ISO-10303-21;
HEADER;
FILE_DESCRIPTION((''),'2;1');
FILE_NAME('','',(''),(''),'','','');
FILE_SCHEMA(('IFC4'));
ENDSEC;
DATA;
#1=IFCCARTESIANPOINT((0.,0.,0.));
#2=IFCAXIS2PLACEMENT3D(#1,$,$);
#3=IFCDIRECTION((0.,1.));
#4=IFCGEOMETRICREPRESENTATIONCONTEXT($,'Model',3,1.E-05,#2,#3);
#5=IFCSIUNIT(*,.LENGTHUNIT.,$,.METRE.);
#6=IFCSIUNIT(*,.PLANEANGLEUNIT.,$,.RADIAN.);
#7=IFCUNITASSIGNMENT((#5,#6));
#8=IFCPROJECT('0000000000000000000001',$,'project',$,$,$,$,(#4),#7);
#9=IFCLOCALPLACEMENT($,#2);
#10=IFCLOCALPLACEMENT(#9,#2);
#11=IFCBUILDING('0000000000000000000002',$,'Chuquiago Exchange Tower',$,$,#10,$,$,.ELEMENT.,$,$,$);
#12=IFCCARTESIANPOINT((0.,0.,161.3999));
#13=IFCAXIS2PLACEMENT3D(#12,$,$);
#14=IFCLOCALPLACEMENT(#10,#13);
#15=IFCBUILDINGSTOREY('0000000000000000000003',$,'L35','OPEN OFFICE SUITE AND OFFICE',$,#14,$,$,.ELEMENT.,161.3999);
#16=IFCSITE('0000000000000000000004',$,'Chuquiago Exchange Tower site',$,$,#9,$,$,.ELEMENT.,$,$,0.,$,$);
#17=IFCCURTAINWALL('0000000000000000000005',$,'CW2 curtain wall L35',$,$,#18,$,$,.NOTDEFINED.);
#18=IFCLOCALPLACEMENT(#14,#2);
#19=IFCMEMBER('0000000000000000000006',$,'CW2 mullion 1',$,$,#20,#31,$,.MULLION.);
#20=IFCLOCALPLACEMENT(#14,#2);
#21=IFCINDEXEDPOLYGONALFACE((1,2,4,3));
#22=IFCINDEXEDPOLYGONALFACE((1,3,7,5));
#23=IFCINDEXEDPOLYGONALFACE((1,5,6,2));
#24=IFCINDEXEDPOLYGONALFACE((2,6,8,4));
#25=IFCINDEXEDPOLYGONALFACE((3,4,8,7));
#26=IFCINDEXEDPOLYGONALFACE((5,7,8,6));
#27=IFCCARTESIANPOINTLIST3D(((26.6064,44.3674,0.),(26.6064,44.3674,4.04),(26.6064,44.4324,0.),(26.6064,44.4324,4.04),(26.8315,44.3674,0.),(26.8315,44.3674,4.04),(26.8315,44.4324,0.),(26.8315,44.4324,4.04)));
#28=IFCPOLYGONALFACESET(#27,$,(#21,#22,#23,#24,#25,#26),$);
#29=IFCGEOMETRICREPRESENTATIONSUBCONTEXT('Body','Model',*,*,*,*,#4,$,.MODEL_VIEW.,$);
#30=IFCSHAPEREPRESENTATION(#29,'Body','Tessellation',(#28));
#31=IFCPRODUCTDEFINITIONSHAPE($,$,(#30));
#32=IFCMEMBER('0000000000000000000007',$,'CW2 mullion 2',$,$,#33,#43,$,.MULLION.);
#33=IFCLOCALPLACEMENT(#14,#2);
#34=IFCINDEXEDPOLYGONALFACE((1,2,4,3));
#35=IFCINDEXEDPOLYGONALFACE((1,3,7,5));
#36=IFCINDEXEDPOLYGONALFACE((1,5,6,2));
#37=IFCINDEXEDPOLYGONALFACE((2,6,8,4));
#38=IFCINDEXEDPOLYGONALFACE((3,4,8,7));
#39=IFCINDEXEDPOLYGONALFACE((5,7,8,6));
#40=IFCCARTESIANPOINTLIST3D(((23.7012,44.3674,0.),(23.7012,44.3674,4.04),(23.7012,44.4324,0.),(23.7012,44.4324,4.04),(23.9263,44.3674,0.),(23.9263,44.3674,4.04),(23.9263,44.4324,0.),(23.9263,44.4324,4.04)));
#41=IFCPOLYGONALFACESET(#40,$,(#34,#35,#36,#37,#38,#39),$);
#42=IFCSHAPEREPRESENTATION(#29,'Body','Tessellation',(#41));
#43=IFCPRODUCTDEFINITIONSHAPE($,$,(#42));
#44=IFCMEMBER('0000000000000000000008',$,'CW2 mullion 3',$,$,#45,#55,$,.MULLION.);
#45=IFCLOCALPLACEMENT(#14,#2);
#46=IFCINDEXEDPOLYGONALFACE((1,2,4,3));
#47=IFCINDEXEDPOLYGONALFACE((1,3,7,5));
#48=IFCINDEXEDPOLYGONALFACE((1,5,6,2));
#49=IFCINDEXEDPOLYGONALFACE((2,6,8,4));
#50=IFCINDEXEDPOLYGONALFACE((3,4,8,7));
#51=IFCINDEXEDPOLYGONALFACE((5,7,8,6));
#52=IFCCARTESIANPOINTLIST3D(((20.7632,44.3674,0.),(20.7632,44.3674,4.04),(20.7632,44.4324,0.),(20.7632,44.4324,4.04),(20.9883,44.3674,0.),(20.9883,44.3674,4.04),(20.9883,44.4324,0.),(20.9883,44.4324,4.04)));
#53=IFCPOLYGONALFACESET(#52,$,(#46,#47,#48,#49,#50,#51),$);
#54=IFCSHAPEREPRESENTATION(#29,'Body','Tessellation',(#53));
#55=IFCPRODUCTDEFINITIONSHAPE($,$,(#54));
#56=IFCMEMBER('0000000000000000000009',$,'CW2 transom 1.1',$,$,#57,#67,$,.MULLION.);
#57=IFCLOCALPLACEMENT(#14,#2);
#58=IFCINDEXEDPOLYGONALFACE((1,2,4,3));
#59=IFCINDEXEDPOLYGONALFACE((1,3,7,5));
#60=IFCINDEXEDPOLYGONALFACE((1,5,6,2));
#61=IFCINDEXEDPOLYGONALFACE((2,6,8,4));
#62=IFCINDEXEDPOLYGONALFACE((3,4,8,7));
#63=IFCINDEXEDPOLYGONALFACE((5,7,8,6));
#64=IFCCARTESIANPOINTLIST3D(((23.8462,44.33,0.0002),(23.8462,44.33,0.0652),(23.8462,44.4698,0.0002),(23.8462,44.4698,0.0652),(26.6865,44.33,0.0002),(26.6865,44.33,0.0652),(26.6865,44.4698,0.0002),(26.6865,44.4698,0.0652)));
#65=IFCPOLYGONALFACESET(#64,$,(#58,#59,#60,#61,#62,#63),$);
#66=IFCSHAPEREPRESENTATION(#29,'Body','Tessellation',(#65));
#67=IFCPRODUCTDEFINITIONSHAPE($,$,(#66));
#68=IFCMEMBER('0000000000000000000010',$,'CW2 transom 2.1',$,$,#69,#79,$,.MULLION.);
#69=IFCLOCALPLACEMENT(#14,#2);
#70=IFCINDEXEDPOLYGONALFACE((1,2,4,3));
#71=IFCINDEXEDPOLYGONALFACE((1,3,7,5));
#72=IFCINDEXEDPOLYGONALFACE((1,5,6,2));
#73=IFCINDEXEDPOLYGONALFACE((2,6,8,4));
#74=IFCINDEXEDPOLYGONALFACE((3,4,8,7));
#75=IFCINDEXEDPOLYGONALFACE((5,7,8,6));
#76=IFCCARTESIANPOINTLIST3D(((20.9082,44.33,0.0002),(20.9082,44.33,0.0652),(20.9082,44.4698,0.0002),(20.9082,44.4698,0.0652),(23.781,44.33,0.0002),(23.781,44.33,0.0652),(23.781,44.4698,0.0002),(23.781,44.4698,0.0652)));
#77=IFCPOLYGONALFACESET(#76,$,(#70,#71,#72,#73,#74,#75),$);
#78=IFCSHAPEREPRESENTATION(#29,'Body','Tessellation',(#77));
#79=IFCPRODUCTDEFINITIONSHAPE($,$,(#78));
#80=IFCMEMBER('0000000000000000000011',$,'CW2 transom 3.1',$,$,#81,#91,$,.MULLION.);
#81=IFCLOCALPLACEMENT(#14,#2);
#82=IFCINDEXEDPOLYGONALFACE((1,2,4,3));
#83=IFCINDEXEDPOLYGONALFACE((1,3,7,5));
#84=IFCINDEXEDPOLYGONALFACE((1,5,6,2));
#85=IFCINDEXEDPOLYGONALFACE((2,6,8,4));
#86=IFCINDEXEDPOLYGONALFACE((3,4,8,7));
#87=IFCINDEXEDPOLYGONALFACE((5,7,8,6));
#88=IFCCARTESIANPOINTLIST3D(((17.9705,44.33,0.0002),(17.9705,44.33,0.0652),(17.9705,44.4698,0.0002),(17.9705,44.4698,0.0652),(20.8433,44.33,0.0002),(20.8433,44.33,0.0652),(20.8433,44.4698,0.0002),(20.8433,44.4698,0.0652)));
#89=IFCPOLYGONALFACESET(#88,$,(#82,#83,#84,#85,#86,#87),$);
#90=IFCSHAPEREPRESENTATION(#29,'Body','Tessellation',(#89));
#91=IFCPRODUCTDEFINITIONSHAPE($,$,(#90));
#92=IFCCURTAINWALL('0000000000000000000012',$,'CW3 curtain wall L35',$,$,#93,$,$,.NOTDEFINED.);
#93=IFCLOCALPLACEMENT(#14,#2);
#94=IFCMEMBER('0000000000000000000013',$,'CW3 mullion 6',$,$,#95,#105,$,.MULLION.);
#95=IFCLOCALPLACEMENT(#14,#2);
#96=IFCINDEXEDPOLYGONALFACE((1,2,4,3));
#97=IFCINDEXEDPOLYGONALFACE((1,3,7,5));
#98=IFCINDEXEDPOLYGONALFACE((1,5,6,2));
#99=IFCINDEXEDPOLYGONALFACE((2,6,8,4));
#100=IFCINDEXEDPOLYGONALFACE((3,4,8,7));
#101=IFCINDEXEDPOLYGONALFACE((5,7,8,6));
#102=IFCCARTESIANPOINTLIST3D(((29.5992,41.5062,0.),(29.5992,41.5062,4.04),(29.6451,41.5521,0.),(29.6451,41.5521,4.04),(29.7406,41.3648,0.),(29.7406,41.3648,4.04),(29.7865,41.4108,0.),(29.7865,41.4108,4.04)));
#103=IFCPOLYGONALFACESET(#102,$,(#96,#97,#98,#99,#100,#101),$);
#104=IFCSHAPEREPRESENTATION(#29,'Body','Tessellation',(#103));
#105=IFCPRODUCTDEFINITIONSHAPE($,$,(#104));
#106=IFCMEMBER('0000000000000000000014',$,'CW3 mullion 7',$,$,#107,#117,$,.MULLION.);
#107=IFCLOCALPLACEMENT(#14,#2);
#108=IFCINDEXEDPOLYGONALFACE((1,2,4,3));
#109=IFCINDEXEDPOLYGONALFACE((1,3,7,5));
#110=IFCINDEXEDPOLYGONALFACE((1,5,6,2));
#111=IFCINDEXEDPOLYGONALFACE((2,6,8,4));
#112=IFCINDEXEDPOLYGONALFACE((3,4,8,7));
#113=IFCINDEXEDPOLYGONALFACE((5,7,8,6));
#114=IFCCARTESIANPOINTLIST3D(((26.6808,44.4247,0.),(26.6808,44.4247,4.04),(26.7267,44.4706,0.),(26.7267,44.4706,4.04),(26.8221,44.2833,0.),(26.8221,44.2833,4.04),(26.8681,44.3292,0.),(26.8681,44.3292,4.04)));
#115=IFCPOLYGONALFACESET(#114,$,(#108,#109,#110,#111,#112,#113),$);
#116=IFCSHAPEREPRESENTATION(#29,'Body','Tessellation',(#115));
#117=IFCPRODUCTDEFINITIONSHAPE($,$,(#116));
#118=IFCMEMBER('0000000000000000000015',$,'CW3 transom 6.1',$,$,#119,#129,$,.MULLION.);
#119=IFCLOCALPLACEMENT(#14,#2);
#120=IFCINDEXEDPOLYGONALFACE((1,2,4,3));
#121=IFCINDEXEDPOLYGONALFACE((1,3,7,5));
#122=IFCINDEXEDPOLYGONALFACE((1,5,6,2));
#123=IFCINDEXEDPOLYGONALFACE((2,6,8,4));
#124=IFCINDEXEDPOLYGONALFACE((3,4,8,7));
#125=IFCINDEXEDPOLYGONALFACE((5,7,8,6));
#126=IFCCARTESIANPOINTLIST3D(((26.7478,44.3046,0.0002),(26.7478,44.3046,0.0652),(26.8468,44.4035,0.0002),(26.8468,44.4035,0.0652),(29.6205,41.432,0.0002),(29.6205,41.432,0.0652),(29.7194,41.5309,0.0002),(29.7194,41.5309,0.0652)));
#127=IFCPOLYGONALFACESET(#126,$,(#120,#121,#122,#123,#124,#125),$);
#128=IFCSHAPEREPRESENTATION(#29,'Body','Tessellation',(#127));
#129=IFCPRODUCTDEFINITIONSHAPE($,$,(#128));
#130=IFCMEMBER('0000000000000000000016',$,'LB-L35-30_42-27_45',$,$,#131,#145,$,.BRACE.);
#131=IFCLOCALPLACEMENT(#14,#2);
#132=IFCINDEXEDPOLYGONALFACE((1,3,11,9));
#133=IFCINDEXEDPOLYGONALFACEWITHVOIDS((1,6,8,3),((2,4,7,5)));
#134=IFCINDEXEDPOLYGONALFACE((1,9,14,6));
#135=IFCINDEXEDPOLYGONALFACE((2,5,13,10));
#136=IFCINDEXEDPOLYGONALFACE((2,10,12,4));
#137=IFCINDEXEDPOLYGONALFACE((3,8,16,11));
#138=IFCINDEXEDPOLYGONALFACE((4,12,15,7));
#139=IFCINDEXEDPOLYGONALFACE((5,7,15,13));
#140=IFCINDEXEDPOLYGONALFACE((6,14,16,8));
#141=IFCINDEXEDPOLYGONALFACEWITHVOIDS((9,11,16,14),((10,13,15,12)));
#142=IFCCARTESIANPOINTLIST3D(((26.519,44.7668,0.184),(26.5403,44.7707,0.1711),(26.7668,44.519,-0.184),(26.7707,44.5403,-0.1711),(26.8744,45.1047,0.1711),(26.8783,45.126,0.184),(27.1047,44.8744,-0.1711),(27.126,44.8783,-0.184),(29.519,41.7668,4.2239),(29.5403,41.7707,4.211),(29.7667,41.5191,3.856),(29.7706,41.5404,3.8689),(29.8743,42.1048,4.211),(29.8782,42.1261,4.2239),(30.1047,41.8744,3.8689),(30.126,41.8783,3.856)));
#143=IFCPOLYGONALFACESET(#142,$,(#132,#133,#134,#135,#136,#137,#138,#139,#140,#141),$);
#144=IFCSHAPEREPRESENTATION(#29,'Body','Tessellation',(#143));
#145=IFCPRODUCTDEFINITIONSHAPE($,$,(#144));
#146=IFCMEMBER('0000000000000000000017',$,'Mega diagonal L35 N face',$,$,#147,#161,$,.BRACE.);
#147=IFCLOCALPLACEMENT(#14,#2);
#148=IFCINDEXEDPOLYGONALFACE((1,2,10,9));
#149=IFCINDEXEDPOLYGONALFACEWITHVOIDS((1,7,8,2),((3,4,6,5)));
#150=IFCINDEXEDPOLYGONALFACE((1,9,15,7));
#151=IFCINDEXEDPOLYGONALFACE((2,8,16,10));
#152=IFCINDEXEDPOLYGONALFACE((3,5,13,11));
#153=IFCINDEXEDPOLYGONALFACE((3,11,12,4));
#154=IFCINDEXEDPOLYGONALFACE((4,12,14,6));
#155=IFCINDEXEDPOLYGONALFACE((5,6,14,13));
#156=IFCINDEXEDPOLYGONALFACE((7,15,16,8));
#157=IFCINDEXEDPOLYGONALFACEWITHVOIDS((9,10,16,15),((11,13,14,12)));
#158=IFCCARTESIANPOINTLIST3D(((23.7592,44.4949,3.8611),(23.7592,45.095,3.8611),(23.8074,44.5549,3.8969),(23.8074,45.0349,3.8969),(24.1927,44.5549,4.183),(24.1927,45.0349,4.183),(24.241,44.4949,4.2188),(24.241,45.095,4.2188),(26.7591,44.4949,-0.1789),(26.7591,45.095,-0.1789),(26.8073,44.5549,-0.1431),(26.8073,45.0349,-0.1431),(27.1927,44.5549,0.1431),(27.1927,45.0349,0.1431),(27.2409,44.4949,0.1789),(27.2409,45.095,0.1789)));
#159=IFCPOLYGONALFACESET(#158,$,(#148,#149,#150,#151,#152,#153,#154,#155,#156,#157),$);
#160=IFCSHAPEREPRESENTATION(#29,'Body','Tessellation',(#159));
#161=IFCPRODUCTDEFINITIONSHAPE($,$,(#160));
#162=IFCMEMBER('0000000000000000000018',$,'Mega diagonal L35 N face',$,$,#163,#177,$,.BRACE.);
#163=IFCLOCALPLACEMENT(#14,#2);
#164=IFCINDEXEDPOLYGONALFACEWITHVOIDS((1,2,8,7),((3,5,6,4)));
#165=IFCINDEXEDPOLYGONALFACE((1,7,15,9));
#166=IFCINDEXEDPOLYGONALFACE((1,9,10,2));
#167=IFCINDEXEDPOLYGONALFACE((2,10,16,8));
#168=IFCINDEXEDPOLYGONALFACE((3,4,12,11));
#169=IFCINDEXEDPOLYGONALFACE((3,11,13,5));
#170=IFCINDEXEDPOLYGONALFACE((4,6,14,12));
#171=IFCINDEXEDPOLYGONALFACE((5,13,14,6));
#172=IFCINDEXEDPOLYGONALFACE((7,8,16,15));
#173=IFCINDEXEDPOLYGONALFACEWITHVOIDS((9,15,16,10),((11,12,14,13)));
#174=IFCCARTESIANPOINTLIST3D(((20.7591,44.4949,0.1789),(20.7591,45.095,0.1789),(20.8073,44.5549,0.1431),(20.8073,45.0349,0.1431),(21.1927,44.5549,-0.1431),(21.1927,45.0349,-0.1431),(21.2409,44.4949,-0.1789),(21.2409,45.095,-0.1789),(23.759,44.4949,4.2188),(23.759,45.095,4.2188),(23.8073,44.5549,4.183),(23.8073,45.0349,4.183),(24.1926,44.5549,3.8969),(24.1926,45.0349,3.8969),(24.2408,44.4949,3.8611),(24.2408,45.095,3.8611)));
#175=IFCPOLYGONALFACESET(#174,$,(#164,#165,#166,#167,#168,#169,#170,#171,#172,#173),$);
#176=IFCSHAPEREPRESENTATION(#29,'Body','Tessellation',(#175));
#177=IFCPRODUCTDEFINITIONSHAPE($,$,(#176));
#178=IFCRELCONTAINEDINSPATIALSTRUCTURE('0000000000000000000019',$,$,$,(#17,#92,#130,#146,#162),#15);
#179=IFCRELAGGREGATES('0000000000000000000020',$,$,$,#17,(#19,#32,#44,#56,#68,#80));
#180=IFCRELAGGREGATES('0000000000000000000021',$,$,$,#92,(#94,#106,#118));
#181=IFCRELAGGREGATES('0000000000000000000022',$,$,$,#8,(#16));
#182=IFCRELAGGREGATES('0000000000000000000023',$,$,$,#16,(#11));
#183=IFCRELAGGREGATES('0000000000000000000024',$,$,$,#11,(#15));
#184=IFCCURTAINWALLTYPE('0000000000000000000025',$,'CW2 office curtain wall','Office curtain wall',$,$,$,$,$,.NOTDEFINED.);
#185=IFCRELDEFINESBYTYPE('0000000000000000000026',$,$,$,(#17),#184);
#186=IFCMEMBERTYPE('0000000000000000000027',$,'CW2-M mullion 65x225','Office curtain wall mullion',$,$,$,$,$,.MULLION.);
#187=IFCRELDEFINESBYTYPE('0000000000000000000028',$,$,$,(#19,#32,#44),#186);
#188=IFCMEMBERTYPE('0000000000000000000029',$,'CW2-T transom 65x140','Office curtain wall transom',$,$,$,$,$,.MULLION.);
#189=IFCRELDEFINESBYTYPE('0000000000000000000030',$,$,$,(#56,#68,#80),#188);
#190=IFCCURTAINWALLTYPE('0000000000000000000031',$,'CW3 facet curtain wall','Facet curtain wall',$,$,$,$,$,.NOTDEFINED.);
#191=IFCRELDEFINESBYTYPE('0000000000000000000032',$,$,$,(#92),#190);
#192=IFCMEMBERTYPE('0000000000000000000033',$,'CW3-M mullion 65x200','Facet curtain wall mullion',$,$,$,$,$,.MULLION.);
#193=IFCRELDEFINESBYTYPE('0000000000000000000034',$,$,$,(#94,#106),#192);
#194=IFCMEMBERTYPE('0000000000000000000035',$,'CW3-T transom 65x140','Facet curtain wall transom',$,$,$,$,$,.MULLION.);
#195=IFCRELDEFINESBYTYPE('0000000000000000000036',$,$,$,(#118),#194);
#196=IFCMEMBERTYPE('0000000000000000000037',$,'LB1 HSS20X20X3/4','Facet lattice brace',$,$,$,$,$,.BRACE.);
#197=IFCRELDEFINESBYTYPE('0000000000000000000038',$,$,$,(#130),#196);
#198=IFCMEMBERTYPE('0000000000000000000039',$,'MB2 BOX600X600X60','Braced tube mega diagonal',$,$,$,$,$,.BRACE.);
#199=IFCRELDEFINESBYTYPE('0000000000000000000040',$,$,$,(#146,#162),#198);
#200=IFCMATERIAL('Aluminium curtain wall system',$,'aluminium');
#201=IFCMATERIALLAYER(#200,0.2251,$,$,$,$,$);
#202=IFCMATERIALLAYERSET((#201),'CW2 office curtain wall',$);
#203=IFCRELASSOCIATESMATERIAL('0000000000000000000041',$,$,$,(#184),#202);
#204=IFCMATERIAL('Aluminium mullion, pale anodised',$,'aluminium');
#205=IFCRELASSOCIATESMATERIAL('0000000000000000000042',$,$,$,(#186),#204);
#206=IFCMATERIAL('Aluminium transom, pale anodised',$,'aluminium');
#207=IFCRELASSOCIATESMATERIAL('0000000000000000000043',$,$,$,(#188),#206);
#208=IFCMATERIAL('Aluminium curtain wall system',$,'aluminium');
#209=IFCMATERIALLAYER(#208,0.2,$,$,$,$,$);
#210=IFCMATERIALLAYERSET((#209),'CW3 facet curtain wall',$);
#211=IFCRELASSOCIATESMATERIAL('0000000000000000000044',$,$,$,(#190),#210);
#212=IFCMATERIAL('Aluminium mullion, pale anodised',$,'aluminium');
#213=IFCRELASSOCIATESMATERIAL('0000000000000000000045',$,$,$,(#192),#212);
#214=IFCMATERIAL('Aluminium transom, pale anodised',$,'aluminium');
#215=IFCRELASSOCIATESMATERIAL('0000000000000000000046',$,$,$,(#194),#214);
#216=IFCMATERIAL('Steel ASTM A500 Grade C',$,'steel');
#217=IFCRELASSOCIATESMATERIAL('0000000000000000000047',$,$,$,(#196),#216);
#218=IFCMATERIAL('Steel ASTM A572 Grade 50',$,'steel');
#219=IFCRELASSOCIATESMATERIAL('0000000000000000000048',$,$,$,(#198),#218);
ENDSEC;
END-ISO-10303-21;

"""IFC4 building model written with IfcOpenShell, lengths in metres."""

from ifc_helpers import new_model, si_unit, direction, frame, origin, origin_2d, place, context, subcontext, project, spatial, rectangle, hollow_rectangle, extrude, material, layer, layer_set, material_profile, profile_set, type_object, element, aggregate, save


model = new_model("IFC4")

# Units and contexts
model_context = context("Model", 3, precision=1e-05, world=origin(), true_north=direction((0.0, 1.0)))
body_context = subcontext(model_context, "Body", "Model", "MODEL_VIEW")
ifc_project = project(units=[si_unit("LENGTHUNIT", "METRE"), si_unit("PLANEANGLEUNIT", "RADIAN")], contexts=[model_context])

# Site, building, storey
site_placement = place(None, origin())
site = spatial("IfcSite", under=ifc_project, at=site_placement, Name="Chuquiago Exchange Tower site", CompositionType="ELEMENT", RefElevation=0.0)
building_placement = place(site_placement, origin())
building = spatial("IfcBuilding", under=site, at=building_placement, Name="Chuquiago Exchange Tower", CompositionType="ELEMENT")
storey_placement = place(building_placement, frame((0.0, 0.0, 161.3999)))
storey = spatial("IfcBuildingStorey", under=building, at=storey_placement, Name="L35", Description="OPEN OFFICE SUITE AND OFFICE", CompositionType="ELEMENT", Elevation=161.3999)

# Curtain walls, members
ifc_material_1 = material(Name="Aluminium curtain wall system", Category="aluminium")
ifc_layer_1 = layer(ifc_material_1, 0.2251)
ifc_layer_set_1 = layer_set([ifc_layer_1], Name="CW2 office curtain wall")
curtain_wall_type_1 = type_object("IfcCurtainWallType", Name="CW2 office curtain wall", Description="Office curtain wall", PredefinedType="NOTDEFINED", material=ifc_layer_set_1)
curtain_wall_1_placement = place(storey_placement, origin())
curtain_wall_1 = element("IfcCurtainWall", 1, at=curtain_wall_1_placement, inside=storey, type_object=curtain_wall_type_1, Name="CW2 curtain wall L35", PredefinedType="NOTDEFINED")
ifc_material_2 = material(Name="Aluminium mullion, pale anodised", Category="aluminium")
ifc_material_profile_1 = material_profile(ifc_material_2, rectangle(XDim=0.0649, YDim=0.2251, at=origin_2d()), Name="AL 65x225")
ifc_profile_set_1 = profile_set([ifc_material_profile_1], Name="Aluminium mullion, pale anodised")
member_type_1 = type_object("IfcMemberType", Name="CW2-M mullion 65x225", Description="Office curtain wall mullion", PredefinedType="MULLION", material=ifc_profile_set_1)
member_1_placement = place(storey_placement, frame((26.719, 44.3999, 0.0), z_axis=(0.0, 0.0, 1.0), x_axis=(0.0, -1.0, 0.0)))
member_1 = element("IfcMember", 2, at=member_1_placement, type_object=member_type_1, Name="CW2 mullion 1", PredefinedType="MULLION", context=body_context, shape_type="SweptSolid", body=[
    extrude(rectangle(XDim=0.0649, YDim=0.2251, at=origin_2d()), origin(), (0.0, 0.0, 1.0), 4.04),
])
member_2_placement = place(storey_placement, frame((23.8137, 44.3999, 0.0), z_axis=(0.0, 0.0, 1.0), x_axis=(0.0, -1.0, 0.0)))
member_2 = element("IfcMember", 3, at=member_2_placement, type_object=member_type_1, Name="CW2 mullion 2", PredefinedType="MULLION", context=body_context, shape_type="SweptSolid", body=[
    extrude(rectangle(XDim=0.0649, YDim=0.2251, at=origin_2d()), origin(), (0.0, 0.0, 1.0), 4.04),
])
member_3_placement = place(storey_placement, frame((20.8757, 44.3999, 0.0), z_axis=(0.0, 0.0, 1.0), x_axis=(0.0, -1.0, 0.0)))
member_3 = element("IfcMember", 4, at=member_3_placement, type_object=member_type_1, Name="CW2 mullion 3", PredefinedType="MULLION", context=body_context, shape_type="SweptSolid", body=[
    extrude(rectangle(XDim=0.0649, YDim=0.2251, at=origin_2d()), origin(), (0.0, 0.0, 1.0), 4.04),
])
ifc_material_3 = material(Name="Aluminium transom, pale anodised", Category="aluminium")
ifc_material_profile_2 = material_profile(ifc_material_3, rectangle(XDim=0.1399, YDim=0.0649, at=origin_2d()), Name="AL 140x65")
ifc_profile_set_2 = profile_set([ifc_material_profile_2], Name="Aluminium transom, pale anodised")
member_type_2 = type_object("IfcMemberType", Name="CW2-T transom 65x140", Description="Office curtain wall transom", PredefinedType="MULLION", material=ifc_profile_set_2)
member_4_placement = place(storey_placement, frame((26.6865, 44.3999, 0.0327), z_axis=(-1.0, 0.0, 0.0), x_axis=(0.0, -1.0, 0.0)))
member_4 = element("IfcMember", 5, at=member_4_placement, type_object=member_type_2, Name="CW2 transom 1.1", PredefinedType="MULLION", context=body_context, shape_type="SweptSolid", body=[
    extrude(rectangle(XDim=0.1399, YDim=0.0649, at=origin_2d()), origin(), (0.0, 0.0, 1.0), 2.8403),
])
member_5_placement = place(storey_placement, frame((23.781, 44.3999, 0.0327), z_axis=(-1.0, 0.0, 0.0), x_axis=(0.0, -1.0, 0.0)))
member_5 = element("IfcMember", 6, at=member_5_placement, type_object=member_type_2, Name="CW2 transom 2.1", PredefinedType="MULLION", context=body_context, shape_type="SweptSolid", body=[
    extrude(rectangle(XDim=0.1399, YDim=0.0649, at=origin_2d()), origin(), (0.0, 0.0, 1.0), 2.8728),
])
member_6_placement = place(storey_placement, frame((20.8433, 44.3999, 0.0327), z_axis=(-1.0, 0.0, 0.0), x_axis=(0.0, -1.0, 0.0)))
member_6 = element("IfcMember", 7, at=member_6_placement, type_object=member_type_2, Name="CW2 transom 3.1", PredefinedType="MULLION", context=body_context, shape_type="SweptSolid", body=[
    extrude(rectangle(XDim=0.1399, YDim=0.0649, at=origin_2d()), origin(), (0.0, 0.0, 1.0), 2.8728),
])
ifc_material_4 = material(Name="Aluminium curtain wall system", Category="aluminium")
ifc_layer_2 = layer(ifc_material_4, 0.2)
ifc_layer_set_2 = layer_set([ifc_layer_2], Name="CW3 facet curtain wall")
curtain_wall_type_2 = type_object("IfcCurtainWallType", Name="CW3 facet curtain wall", Description="Facet curtain wall", PredefinedType="NOTDEFINED", material=ifc_layer_set_2)
curtain_wall_2_placement = place(storey_placement, origin())
curtain_wall_2 = element("IfcCurtainWall", 8, at=curtain_wall_2_placement, inside=storey, type_object=curtain_wall_type_2, Name="CW3 curtain wall L35", PredefinedType="NOTDEFINED")
ifc_material_5 = material(Name="Aluminium mullion, pale anodised", Category="aluminium")
ifc_material_profile_3 = material_profile(ifc_material_5, rectangle(XDim=0.0649, YDim=0.2, at=origin_2d()), Name="AL 65x200")
ifc_profile_set_3 = profile_set([ifc_material_profile_3], Name="Aluminium mullion, pale anodised")
member_type_3 = type_object("IfcMemberType", Name="CW3-M mullion 65x200", Description="Facet curtain wall mullion", PredefinedType="MULLION", material=ifc_profile_set_3)
member_7_placement = place(storey_placement, frame((29.6929, 41.4585, 0.0), z_axis=(0.0, 0.0, 1.0), x_axis=(-0.707107, -0.707107, 0.0)))
member_7 = element("IfcMember", 9, at=member_7_placement, type_object=member_type_3, Name="CW3 mullion 6", PredefinedType="MULLION", context=body_context, shape_type="SweptSolid", body=[
    extrude(rectangle(XDim=0.0649, YDim=0.2, at=origin_2d()), origin(), (0.0, 0.0, 1.0), 4.04),
])
member_8_placement = place(storey_placement, frame((26.7744, 44.377, 0.0), z_axis=(0.0, 0.0, 1.0), x_axis=(-0.707107, -0.707107, 0.0)))
member_8 = element("IfcMember", 10, at=member_8_placement, type_object=member_type_3, Name="CW3 mullion 7", PredefinedType="MULLION", context=body_context, shape_type="SweptSolid", body=[
    extrude(rectangle(XDim=0.0649, YDim=0.2, at=origin_2d()), origin(), (0.0, 0.0, 1.0), 4.04),
])
ifc_material_6 = material(Name="Aluminium transom, pale anodised", Category="aluminium")
ifc_material_profile_4 = material_profile(ifc_material_6, rectangle(XDim=0.1399, YDim=0.0649, at=origin_2d()), Name="AL 140x65")
ifc_profile_set_4 = profile_set([ifc_material_profile_4], Name="Aluminium transom, pale anodised")
member_type_4 = type_object("IfcMemberType", Name="CW3-T transom 65x140", Description="Facet curtain wall transom", PredefinedType="MULLION", material=ifc_profile_set_4)
member_9_placement = place(storey_placement, frame((29.6699, 41.4814, 0.0327), z_axis=(-0.707107, 0.707107, 0.0), x_axis=(-0.707107, -0.707107, 0.0)))
member_9 = element("IfcMember", 11, at=member_9_placement, type_object=member_type_4, Name="CW3 transom 6.1", PredefinedType="MULLION", context=body_context, shape_type="SweptSolid", body=[
    extrude(rectangle(XDim=0.1399, YDim=0.0649, at=origin_2d()), origin(), (0.0, 0.0, 1.0), 4.0625),
])

# Members
ifc_material_7 = material(Name="Steel ASTM A500 Grade C", Category="steel")
ifc_material_profile_5 = material_profile(ifc_material_7, hollow_rectangle(XDim=0.5081, YDim=0.5081, WallThickness=0.0178, at=origin_2d()), Name="HSS20X20X3/4")
ifc_profile_set_5 = profile_set([ifc_material_profile_5], Name="Steel ASTM A500 Grade C")
member_type_5 = type_object("IfcMemberType", Name="LB1 HSS20X20X3/4", Description="Facet lattice brace", PredefinedType="BRACE", material=ifc_profile_set_5)
member_10_placement = place(storey_placement, frame((26.8225, 44.8225, 0.0), z_axis=(0.512077, -0.512077, 0.689604), x_axis=(0.707107, 0.707107, 0.0)))
element("IfcMember", 12, at=member_10_placement, inside=storey, type_object=member_type_5, Name="LB-L35-30_42-27_45", PredefinedType="BRACE", context=body_context, shape_type="SweptSolid", body=[
    extrude(hollow_rectangle(XDim=0.5081, YDim=0.5081, WallThickness=0.0178, at=origin_2d()), origin(), (0.0, 0.0, 1.0), 5.8584),
])
ifc_material_8 = material(Name="Steel ASTM A572 Grade 50", Category="steel")
ifc_material_profile_6 = material_profile(ifc_material_8, hollow_rectangle(XDim=0.6001, YDim=0.6001, WallThickness=0.0601, at=origin_2d()), Name="BOX600X600X60")
ifc_profile_set_6 = profile_set([ifc_material_profile_6], Name="Steel ASTM A572 Grade 50")
member_type_6 = type_object("IfcMemberType", Name="MB2 BOX600X600X60", Description="Braced tube mega diagonal", PredefinedType="BRACE", material=ifc_profile_set_6)
for number, where, z_axis, x_axis, name in (
    (13, (27.0, 44.7949, 0.0), (-0.596174, 0.0, 0.802855), (0.0, -1.0, 0.0), "Mega diagonal L35 N face"),
    (14, (21.0, 44.7949, 0.0), (0.596174, 0.0, 0.802855), (0.0, 1.0, 0.0), "Mega diagonal L35 N face"),
):
    element("IfcMember", number, at=place(storey_placement, frame(where, z_axis=z_axis, x_axis=x_axis)), inside=storey, type_object=member_type_6, Name=name, PredefinedType="BRACE", context=body_context, shape_type="SweptSolid", body=[
        extrude(hollow_rectangle(XDim=0.6001, YDim=0.6001, WallThickness=0.0601, at=origin_2d()), origin(), (0.0, 0.0, 1.0), 5.032),
    ])

aggregate(curtain_wall_1, [member_1, member_2, member_3, member_4, member_5, member_6])
aggregate(curtain_wall_2, [member_7, member_8, member_9])

save(model, "model.ifc")
